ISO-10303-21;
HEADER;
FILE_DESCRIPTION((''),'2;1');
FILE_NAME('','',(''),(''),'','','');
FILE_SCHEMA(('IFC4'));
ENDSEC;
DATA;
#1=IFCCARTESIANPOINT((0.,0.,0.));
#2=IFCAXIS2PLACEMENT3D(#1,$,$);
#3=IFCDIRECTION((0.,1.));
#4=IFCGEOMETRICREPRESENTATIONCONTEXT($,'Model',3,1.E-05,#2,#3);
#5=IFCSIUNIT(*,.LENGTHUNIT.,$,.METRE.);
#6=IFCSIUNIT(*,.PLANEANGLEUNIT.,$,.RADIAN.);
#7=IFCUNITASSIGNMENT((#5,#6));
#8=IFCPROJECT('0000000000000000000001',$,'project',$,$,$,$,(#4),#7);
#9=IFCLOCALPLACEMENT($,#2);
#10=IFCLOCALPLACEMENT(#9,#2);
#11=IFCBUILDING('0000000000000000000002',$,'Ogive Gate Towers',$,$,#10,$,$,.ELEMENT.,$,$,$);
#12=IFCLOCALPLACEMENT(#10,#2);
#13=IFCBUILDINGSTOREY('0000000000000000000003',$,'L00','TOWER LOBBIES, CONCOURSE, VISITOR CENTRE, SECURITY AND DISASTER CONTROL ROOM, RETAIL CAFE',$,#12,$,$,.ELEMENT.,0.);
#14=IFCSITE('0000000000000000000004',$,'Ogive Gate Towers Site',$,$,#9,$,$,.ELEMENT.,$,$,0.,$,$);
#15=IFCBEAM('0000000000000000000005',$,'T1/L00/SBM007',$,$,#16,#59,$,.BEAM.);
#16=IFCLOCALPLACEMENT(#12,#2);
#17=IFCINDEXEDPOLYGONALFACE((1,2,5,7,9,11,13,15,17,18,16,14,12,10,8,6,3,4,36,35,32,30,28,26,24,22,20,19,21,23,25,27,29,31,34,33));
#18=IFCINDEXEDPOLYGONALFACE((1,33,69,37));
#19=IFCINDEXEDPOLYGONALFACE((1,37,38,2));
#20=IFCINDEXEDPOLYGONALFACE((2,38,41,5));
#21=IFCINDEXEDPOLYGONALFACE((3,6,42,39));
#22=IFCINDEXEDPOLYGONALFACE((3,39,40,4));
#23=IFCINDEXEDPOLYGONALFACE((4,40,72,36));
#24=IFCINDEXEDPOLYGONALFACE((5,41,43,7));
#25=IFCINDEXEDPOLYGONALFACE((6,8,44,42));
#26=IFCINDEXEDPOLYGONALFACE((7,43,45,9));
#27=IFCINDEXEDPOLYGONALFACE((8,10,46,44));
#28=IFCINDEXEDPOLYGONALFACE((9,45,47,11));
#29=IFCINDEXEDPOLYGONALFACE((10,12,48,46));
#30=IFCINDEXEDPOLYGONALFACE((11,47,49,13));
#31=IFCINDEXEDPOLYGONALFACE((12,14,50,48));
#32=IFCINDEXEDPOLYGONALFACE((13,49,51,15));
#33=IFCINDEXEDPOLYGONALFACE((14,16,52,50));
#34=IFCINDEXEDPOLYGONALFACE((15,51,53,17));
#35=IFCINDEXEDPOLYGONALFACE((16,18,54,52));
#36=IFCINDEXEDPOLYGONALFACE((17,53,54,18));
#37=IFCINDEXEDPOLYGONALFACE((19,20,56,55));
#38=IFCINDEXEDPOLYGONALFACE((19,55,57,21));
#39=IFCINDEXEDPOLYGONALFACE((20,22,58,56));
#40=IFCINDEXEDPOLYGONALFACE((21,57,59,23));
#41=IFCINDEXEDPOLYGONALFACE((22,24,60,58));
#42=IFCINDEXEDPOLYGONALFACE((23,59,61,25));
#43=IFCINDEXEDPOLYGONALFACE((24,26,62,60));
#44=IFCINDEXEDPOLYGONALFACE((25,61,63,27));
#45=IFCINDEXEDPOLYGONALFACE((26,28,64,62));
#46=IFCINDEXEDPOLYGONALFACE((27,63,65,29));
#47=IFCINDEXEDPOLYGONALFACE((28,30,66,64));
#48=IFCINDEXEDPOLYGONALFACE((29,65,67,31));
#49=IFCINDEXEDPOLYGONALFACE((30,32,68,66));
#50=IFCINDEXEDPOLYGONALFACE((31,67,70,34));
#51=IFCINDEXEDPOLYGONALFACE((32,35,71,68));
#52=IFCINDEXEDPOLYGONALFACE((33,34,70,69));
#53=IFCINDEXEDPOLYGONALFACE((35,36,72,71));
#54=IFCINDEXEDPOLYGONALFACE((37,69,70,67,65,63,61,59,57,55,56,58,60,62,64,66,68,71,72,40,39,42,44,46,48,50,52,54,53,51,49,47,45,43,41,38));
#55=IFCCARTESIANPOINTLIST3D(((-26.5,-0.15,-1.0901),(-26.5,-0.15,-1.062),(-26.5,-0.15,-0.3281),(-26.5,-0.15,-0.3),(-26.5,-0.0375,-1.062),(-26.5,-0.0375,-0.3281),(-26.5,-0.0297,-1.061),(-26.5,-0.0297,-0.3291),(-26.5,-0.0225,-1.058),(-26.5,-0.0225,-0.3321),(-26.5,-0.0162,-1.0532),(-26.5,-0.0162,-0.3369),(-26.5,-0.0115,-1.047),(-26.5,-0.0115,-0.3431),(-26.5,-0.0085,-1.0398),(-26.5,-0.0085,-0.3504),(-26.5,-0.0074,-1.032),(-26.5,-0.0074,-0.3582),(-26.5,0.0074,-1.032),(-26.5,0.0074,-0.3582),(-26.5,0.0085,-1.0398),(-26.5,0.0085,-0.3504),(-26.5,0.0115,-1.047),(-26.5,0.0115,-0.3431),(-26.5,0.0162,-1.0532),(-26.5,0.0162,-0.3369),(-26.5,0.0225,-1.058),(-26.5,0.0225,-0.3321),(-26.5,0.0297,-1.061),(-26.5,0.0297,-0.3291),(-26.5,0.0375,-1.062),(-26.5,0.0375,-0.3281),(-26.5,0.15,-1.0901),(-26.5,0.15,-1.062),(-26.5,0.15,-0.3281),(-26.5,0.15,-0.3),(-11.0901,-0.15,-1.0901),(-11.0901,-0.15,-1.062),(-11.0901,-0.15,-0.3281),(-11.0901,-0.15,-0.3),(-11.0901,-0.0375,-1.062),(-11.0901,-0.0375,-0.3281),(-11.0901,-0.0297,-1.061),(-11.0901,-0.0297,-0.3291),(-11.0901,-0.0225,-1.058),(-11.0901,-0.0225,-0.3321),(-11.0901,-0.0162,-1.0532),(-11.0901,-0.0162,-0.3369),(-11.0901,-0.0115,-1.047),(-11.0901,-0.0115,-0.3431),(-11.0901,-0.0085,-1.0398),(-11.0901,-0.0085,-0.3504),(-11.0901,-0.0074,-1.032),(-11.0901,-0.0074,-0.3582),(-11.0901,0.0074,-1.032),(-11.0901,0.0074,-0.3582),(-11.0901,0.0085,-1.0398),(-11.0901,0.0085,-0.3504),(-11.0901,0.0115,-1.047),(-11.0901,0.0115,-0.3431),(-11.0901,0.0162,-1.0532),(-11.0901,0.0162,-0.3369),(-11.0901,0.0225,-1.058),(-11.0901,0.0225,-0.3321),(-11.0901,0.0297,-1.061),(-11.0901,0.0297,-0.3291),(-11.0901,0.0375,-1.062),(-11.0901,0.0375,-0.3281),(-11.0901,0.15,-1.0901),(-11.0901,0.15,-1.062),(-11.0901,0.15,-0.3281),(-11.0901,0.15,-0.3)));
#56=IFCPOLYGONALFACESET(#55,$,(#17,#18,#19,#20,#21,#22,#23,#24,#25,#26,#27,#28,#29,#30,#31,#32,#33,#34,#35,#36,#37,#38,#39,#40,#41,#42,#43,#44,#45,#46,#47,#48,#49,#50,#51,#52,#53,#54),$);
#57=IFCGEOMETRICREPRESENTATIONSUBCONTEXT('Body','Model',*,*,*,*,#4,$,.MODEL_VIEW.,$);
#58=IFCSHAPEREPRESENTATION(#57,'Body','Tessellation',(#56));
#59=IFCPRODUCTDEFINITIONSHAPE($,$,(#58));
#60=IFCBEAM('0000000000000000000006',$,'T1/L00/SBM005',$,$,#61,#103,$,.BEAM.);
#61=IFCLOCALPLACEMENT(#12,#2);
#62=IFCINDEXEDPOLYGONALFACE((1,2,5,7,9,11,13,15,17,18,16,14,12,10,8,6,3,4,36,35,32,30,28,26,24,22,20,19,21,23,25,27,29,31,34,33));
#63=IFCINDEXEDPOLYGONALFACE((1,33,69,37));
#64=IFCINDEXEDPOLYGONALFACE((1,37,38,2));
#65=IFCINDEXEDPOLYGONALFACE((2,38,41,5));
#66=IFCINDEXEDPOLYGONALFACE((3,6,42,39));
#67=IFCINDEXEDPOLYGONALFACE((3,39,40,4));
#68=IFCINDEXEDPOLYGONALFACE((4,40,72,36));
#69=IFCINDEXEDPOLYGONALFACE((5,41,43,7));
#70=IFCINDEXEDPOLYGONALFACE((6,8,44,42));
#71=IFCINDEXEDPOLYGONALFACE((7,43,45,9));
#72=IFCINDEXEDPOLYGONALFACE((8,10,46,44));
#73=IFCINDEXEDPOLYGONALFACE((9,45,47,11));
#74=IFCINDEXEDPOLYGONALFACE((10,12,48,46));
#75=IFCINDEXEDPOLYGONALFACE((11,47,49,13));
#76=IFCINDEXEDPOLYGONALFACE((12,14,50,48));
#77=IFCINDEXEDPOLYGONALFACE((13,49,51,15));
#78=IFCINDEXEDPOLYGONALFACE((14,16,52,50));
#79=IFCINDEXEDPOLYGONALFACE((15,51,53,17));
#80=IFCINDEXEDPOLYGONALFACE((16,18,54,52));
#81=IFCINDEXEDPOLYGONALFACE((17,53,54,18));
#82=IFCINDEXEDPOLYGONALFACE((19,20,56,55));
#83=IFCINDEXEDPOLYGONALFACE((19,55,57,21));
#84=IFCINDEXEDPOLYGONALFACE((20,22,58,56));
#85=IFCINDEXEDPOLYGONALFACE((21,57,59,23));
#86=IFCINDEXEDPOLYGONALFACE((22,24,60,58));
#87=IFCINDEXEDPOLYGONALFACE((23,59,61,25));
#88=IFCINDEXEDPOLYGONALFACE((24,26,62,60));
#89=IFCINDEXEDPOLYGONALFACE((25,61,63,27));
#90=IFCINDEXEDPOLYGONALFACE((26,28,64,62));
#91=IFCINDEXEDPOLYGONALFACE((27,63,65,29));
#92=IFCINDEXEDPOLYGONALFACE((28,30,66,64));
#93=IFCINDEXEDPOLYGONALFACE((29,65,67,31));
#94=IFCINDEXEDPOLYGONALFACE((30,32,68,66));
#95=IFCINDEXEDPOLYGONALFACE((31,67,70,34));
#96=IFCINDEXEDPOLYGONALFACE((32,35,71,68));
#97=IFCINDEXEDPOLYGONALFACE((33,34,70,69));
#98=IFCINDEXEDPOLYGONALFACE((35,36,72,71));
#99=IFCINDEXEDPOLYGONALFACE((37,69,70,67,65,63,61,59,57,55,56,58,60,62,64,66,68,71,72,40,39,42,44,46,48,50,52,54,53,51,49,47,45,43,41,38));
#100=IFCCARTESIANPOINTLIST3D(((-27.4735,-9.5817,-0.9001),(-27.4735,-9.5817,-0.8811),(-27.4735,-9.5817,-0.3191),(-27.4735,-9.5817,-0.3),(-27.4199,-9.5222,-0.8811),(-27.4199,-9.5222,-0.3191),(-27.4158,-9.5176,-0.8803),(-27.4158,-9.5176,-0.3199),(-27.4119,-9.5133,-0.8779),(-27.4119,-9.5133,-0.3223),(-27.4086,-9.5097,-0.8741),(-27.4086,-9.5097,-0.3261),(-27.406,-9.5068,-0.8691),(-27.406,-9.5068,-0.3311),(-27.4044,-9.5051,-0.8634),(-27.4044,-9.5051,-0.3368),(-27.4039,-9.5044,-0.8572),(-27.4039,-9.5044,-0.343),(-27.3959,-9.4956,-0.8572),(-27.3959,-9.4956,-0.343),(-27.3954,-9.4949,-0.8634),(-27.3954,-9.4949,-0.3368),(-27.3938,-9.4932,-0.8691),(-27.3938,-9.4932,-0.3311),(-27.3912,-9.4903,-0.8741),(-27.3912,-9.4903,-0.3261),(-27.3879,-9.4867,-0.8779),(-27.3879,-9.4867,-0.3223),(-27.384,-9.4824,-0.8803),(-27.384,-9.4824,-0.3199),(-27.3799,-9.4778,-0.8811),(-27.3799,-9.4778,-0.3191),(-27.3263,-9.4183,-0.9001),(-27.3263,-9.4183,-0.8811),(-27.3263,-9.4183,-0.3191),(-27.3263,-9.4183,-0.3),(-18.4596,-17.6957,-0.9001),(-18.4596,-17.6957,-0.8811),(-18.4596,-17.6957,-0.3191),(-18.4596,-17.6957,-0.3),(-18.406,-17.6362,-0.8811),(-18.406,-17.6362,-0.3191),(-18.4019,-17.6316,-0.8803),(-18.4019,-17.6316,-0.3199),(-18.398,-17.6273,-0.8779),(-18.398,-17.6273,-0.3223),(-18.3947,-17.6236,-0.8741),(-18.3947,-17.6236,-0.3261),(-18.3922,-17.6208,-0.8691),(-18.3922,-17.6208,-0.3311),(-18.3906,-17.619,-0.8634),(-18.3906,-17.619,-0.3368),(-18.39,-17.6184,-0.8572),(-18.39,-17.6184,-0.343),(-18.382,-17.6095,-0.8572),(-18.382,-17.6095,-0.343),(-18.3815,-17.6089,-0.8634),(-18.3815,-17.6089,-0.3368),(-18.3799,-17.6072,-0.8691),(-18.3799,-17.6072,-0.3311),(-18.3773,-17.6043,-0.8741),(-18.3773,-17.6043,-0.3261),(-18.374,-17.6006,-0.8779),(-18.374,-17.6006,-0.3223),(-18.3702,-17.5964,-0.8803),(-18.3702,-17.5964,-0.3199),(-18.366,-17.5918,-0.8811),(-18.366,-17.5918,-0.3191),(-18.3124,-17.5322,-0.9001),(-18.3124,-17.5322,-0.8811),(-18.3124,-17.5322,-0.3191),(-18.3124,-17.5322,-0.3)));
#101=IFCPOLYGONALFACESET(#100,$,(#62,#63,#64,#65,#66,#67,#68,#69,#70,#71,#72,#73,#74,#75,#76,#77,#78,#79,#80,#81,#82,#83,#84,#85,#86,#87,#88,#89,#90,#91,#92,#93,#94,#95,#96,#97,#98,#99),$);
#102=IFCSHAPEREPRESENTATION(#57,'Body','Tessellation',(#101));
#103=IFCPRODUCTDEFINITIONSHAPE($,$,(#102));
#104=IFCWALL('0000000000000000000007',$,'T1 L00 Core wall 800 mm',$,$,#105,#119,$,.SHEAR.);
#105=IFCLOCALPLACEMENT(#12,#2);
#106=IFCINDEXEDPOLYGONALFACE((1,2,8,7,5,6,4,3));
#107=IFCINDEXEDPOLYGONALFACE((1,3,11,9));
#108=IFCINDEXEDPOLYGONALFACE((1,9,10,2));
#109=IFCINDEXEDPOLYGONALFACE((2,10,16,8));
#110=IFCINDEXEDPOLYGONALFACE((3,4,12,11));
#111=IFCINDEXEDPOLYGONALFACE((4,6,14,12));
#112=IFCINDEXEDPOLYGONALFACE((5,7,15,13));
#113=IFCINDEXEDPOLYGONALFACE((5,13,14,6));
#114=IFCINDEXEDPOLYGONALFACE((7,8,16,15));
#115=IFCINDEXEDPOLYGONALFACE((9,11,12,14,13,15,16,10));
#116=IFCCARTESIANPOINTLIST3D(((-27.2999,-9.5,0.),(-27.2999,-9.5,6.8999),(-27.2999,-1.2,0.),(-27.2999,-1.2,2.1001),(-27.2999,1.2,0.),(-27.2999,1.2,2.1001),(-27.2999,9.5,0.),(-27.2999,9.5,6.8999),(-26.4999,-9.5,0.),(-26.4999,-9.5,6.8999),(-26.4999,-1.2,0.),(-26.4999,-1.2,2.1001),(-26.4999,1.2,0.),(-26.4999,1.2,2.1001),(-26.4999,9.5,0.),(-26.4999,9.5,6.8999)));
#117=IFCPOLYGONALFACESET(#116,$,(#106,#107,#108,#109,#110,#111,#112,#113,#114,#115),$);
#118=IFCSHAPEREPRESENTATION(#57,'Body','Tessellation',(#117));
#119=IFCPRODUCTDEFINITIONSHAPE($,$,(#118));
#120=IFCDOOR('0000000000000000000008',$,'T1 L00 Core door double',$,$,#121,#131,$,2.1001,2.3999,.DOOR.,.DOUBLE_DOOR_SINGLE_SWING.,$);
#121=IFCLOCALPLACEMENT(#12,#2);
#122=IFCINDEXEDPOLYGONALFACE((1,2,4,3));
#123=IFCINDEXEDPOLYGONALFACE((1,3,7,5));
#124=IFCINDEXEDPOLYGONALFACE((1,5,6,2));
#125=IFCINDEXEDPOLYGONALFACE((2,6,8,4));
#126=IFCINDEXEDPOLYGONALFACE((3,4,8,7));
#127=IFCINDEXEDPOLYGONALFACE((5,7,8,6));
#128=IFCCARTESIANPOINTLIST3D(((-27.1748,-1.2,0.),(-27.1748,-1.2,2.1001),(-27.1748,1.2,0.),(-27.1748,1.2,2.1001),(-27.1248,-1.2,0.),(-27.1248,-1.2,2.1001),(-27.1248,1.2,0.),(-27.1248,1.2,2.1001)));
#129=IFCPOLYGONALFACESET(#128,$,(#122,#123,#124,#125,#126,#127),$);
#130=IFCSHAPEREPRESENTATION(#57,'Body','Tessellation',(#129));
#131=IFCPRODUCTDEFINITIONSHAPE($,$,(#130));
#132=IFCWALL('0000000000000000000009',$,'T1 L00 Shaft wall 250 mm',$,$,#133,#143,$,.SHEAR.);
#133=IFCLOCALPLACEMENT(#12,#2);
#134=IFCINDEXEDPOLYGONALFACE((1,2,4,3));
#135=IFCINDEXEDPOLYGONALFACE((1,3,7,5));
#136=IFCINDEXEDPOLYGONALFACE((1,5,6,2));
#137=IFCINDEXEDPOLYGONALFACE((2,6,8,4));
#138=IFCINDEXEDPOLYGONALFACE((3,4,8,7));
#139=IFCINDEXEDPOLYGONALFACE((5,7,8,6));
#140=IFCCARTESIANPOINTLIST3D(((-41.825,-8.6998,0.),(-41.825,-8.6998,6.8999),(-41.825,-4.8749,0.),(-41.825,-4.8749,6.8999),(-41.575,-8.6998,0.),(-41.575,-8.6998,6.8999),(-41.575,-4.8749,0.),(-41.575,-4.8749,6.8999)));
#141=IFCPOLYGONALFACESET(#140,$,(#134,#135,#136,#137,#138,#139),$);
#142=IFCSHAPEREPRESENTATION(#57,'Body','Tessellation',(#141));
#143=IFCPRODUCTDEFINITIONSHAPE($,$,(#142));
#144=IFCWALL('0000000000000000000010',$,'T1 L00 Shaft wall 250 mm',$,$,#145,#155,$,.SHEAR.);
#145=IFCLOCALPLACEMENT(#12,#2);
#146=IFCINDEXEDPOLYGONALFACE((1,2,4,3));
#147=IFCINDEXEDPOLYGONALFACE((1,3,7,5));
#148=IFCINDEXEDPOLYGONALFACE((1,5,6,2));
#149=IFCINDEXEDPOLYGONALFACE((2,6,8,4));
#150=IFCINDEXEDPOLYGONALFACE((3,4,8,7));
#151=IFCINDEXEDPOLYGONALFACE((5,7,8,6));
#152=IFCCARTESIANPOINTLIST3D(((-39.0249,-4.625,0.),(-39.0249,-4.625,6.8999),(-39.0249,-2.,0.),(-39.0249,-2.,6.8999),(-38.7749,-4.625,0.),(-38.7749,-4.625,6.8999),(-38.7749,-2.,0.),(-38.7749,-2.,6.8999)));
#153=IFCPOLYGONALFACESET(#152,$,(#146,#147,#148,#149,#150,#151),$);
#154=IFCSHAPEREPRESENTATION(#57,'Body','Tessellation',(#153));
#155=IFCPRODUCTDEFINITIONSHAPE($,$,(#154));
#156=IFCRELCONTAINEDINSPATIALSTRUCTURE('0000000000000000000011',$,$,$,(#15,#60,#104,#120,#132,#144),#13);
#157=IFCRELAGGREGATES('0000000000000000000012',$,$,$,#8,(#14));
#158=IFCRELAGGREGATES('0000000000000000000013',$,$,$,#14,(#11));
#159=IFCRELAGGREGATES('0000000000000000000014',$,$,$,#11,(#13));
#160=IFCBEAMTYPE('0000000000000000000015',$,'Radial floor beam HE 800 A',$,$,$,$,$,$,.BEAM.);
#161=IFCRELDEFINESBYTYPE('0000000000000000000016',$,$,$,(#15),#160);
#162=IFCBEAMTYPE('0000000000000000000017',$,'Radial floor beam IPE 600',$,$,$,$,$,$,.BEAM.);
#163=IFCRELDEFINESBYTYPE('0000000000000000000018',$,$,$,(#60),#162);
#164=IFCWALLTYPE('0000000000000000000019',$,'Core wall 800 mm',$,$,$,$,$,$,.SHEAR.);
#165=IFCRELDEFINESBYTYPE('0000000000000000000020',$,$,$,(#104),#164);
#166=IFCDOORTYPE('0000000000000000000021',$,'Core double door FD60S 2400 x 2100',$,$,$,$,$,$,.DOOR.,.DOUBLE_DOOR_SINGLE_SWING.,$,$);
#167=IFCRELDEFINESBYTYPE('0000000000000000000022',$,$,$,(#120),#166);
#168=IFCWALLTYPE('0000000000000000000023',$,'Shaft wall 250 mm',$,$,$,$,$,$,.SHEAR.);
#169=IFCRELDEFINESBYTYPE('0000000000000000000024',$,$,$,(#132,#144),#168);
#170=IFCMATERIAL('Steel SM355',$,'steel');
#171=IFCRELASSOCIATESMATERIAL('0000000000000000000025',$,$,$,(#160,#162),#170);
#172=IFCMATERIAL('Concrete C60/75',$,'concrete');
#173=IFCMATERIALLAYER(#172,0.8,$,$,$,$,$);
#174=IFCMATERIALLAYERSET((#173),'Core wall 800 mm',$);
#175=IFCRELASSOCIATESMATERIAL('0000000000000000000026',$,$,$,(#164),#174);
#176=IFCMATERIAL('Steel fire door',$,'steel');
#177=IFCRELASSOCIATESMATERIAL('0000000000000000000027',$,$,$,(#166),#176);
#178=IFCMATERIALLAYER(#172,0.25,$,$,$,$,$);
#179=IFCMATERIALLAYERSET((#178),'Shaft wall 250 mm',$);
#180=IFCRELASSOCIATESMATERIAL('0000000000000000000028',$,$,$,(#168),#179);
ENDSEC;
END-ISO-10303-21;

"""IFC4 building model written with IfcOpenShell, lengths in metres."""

from ifc_helpers import new_model, si_unit, direction, frame, frame_2d, origin, origin_2d, place, context, subcontext, project, spatial, rectangle, i_section, extrude, material, layer, layer_set, material_profile, profile_set, type_object, element, fill, save


model = new_model("IFC4")

# Units and contexts
model_context = context("Model", 3, precision=1e-05, world=origin(), true_north=direction((0.0, 1.0)))
body_context = subcontext(model_context, "Body", "Model", "MODEL_VIEW")
ifc_project = project(units=[si_unit("LENGTHUNIT", "METRE"), si_unit("PLANEANGLEUNIT", "RADIAN")], contexts=[model_context])

# Site, building, storey
site_placement = place(None, origin())
site = spatial("IfcSite", under=ifc_project, at=site_placement, Name="Ogive Gate Towers Site", CompositionType="ELEMENT", RefElevation=0.0)
building_placement = place(site_placement, origin())
building = spatial("IfcBuilding", under=site, at=building_placement, Name="Ogive Gate Towers", CompositionType="ELEMENT")
storey_placement = place(building_placement, origin())
storey = spatial("IfcBuildingStorey", under=building, at=storey_placement, Name="L00", Description="TOWER LOBBIES, CONCOURSE, VISITOR CENTRE, SECURITY AND DISASTER CONTROL ROOM, RETAIL CAFE", CompositionType="ELEMENT", Elevation=0.0)

# Beams
ifc_material_1 = material(Name="Steel SM355", Category="steel")
ifc_material_profile_1 = material_profile(ifc_material_1, i_section(OverallWidth=0.3, OverallDepth=0.79, WebThickness=0.0149, FlangeThickness=0.0281, FilletRadius=0.03, at=origin_2d()), Name="HE 800 A")
ifc_profile_set_1 = profile_set([ifc_material_profile_1], Name="Steel SM355")
beam_type_1 = type_object("IfcBeamType", Name="Radial floor beam HE 800 A", PredefinedType="BEAM", material=ifc_profile_set_1)
for number, where, z_axis, x_axis, name in (
    (1, (-26.5, 0.0, -0.6951), (1.0, 0.0, 0.0), (0.0, 1.0, 0.0), "T1/L00/SBM007"),
):
    element("IfcBeam", number, at=place(storey_placement, frame(where, z_axis=z_axis, x_axis=x_axis)), inside=storey, type_object=beam_type_1, Name=name, PredefinedType="BEAM", context=body_context, shape_type="SweptSolid", body=[
        extrude(i_section(OverallWidth=0.3, OverallDepth=0.79, WebThickness=0.0149, FlangeThickness=0.0281, FilletRadius=0.03, at=origin_2d()), origin(), (0.0, 0.0, 1.0), 15.4099),
    ])
ifc_material_profile_2 = material_profile(ifc_material_1, i_section(OverallWidth=0.22, OverallDepth=0.6001, WebThickness=0.012, FlangeThickness=0.019, FilletRadius=0.0239, at=origin_2d()), Name="IPE 600")
ifc_profile_set_2 = profile_set([ifc_material_profile_2], Name="Steel SM355")
beam_type_2 = type_object("IfcBeamType", Name="Radial floor beam IPE 600", PredefinedType="BEAM", material=ifc_profile_set_2)
beam_1_placement = place(storey_placement, frame((-27.3999, -9.5, -0.6001), z_axis=(0.743233, -0.669033, 0.0), x_axis=(0.669033, 0.743233, 0.0)))
element("IfcBeam", 2, at=beam_1_placement, inside=storey, type_object=beam_type_2, Name="T1/L00/SBM005", PredefinedType="BEAM", context=body_context, shape_type="SweptSolid", body=[
    extrude(i_section(OverallWidth=0.22, OverallDepth=0.6001, WebThickness=0.012, FlangeThickness=0.019, FilletRadius=0.0239, at=origin_2d()), origin(), (0.0, 0.0, 1.0), 12.1279),
])

# Wall, opening, door
ifc_material_2 = material(Name="Concrete C60/75", Category="concrete")
ifc_layer_1 = layer(ifc_material_2, 0.8)
ifc_layer_set_1 = layer_set([ifc_layer_1], Name="Core wall 800 mm")
wall_type_1 = type_object("IfcWallType", Name="Core wall 800 mm", PredefinedType="SHEAR", material=ifc_layer_set_1)
wall_1_placement = place(storey_placement, frame((-26.8999, -9.5, 0.0), z_axis=(0.0, 0.0, 1.0), x_axis=(0.0, 1.0, 0.0)))
wall_1 = element("IfcWall", 3, at=wall_1_placement, inside=storey, type_object=wall_type_1, Name="T1 L00 Core wall 800 mm", PredefinedType="SHEAR", context=body_context, shape_type="SweptSolid", body=[
    extrude(rectangle(XDim=19.0, YDim=0.8, at=frame_2d((9.5, 0.0))), origin(), (0.0, 0.0, 1.0), 6.8999),
])
opening_1_placement = place(wall_1_placement, frame((8.3, 0.0, 0.0)))
opening_1 = element("IfcOpeningElement", 4, at=opening_1_placement, cuts=wall_1, PredefinedType="OPENING", context=body_context, shape_type="SweptSolid", body=[
    extrude(rectangle(XDim=2.3999, YDim=2.1001, at=frame_2d((1.2, 1.05))), frame((0.0, 0.4102, 0.0), z_axis=(0.0, -1.0, 0.0), x_axis=(1.0, 0.0, 0.0)), (0.0, 0.0, 1.0), 0.8201),
])
ifc_material_3 = material(Name="Steel fire door", Category="steel")
door_type_1 = type_object("IfcDoorType", Name="Core double door FD60S 2400 x 2100", OperationType="DOUBLE_DOOR_SINGLE_SWING", PredefinedType="DOOR", material=ifc_material_3)
door_1_placement = place(opening_1_placement, origin())
door_1 = element("IfcDoor", 5, at=door_1_placement, inside=storey, type_object=door_type_1, Name="T1 L00 Core door double", OperationType="DOUBLE_DOOR_SINGLE_SWING", OverallHeight=2.1001, OverallWidth=2.3999, PredefinedType="DOOR", context=body_context, shape_type="SweptSolid", body=[
    extrude(rectangle(XDim=2.3999, YDim=2.1001, at=frame_2d((1.2, 1.05))), frame((0.0, 0.2749, 0.0), z_axis=(0.0, -1.0, 0.0), x_axis=(1.0, 0.0, 0.0)), (0.0, 0.0, 1.0), 0.05),
])
fill(opening_1, door_1)

# Walls
ifc_layer_2 = layer(ifc_material_2, 0.25)
ifc_layer_set_2 = layer_set([ifc_layer_2], Name="Shaft wall 250 mm")
wall_type_2 = type_object("IfcWallType", Name="Shaft wall 250 mm", PredefinedType="SHEAR", material=ifc_layer_set_2)
wall_2_placement = place(storey_placement, frame((-41.7, -8.7, 0.0), z_axis=(0.0, 0.0, 1.0), x_axis=(0.0, 1.0, 0.0)))
element("IfcWall", 6, at=wall_2_placement, inside=storey, type_object=wall_type_2, Name="T1 L00 Shaft wall 250 mm", PredefinedType="SHEAR", context=body_context, shape_type="SweptSolid", body=[
    extrude(rectangle(XDim=3.825, YDim=0.25, at=frame_2d((1.9126, 0.0))), origin(), (0.0, 0.0, 1.0), 6.8999),
])
wall_3_placement = place(storey_placement, frame((-38.8999, -4.625, 0.0), z_axis=(0.0, 0.0, 1.0), x_axis=(0.0, 1.0, 0.0)))
element("IfcWall", 7, at=wall_3_placement, inside=storey, type_object=wall_type_2, Name="T1 L00 Shaft wall 250 mm", PredefinedType="SHEAR", context=body_context, shape_type="SweptSolid", body=[
    extrude(rectangle(XDim=2.625, YDim=0.25, at=frame_2d((1.3125, 0.0))), origin(), (0.0, 0.0, 1.0), 6.8999),
])

save(model, "model.ifc")
